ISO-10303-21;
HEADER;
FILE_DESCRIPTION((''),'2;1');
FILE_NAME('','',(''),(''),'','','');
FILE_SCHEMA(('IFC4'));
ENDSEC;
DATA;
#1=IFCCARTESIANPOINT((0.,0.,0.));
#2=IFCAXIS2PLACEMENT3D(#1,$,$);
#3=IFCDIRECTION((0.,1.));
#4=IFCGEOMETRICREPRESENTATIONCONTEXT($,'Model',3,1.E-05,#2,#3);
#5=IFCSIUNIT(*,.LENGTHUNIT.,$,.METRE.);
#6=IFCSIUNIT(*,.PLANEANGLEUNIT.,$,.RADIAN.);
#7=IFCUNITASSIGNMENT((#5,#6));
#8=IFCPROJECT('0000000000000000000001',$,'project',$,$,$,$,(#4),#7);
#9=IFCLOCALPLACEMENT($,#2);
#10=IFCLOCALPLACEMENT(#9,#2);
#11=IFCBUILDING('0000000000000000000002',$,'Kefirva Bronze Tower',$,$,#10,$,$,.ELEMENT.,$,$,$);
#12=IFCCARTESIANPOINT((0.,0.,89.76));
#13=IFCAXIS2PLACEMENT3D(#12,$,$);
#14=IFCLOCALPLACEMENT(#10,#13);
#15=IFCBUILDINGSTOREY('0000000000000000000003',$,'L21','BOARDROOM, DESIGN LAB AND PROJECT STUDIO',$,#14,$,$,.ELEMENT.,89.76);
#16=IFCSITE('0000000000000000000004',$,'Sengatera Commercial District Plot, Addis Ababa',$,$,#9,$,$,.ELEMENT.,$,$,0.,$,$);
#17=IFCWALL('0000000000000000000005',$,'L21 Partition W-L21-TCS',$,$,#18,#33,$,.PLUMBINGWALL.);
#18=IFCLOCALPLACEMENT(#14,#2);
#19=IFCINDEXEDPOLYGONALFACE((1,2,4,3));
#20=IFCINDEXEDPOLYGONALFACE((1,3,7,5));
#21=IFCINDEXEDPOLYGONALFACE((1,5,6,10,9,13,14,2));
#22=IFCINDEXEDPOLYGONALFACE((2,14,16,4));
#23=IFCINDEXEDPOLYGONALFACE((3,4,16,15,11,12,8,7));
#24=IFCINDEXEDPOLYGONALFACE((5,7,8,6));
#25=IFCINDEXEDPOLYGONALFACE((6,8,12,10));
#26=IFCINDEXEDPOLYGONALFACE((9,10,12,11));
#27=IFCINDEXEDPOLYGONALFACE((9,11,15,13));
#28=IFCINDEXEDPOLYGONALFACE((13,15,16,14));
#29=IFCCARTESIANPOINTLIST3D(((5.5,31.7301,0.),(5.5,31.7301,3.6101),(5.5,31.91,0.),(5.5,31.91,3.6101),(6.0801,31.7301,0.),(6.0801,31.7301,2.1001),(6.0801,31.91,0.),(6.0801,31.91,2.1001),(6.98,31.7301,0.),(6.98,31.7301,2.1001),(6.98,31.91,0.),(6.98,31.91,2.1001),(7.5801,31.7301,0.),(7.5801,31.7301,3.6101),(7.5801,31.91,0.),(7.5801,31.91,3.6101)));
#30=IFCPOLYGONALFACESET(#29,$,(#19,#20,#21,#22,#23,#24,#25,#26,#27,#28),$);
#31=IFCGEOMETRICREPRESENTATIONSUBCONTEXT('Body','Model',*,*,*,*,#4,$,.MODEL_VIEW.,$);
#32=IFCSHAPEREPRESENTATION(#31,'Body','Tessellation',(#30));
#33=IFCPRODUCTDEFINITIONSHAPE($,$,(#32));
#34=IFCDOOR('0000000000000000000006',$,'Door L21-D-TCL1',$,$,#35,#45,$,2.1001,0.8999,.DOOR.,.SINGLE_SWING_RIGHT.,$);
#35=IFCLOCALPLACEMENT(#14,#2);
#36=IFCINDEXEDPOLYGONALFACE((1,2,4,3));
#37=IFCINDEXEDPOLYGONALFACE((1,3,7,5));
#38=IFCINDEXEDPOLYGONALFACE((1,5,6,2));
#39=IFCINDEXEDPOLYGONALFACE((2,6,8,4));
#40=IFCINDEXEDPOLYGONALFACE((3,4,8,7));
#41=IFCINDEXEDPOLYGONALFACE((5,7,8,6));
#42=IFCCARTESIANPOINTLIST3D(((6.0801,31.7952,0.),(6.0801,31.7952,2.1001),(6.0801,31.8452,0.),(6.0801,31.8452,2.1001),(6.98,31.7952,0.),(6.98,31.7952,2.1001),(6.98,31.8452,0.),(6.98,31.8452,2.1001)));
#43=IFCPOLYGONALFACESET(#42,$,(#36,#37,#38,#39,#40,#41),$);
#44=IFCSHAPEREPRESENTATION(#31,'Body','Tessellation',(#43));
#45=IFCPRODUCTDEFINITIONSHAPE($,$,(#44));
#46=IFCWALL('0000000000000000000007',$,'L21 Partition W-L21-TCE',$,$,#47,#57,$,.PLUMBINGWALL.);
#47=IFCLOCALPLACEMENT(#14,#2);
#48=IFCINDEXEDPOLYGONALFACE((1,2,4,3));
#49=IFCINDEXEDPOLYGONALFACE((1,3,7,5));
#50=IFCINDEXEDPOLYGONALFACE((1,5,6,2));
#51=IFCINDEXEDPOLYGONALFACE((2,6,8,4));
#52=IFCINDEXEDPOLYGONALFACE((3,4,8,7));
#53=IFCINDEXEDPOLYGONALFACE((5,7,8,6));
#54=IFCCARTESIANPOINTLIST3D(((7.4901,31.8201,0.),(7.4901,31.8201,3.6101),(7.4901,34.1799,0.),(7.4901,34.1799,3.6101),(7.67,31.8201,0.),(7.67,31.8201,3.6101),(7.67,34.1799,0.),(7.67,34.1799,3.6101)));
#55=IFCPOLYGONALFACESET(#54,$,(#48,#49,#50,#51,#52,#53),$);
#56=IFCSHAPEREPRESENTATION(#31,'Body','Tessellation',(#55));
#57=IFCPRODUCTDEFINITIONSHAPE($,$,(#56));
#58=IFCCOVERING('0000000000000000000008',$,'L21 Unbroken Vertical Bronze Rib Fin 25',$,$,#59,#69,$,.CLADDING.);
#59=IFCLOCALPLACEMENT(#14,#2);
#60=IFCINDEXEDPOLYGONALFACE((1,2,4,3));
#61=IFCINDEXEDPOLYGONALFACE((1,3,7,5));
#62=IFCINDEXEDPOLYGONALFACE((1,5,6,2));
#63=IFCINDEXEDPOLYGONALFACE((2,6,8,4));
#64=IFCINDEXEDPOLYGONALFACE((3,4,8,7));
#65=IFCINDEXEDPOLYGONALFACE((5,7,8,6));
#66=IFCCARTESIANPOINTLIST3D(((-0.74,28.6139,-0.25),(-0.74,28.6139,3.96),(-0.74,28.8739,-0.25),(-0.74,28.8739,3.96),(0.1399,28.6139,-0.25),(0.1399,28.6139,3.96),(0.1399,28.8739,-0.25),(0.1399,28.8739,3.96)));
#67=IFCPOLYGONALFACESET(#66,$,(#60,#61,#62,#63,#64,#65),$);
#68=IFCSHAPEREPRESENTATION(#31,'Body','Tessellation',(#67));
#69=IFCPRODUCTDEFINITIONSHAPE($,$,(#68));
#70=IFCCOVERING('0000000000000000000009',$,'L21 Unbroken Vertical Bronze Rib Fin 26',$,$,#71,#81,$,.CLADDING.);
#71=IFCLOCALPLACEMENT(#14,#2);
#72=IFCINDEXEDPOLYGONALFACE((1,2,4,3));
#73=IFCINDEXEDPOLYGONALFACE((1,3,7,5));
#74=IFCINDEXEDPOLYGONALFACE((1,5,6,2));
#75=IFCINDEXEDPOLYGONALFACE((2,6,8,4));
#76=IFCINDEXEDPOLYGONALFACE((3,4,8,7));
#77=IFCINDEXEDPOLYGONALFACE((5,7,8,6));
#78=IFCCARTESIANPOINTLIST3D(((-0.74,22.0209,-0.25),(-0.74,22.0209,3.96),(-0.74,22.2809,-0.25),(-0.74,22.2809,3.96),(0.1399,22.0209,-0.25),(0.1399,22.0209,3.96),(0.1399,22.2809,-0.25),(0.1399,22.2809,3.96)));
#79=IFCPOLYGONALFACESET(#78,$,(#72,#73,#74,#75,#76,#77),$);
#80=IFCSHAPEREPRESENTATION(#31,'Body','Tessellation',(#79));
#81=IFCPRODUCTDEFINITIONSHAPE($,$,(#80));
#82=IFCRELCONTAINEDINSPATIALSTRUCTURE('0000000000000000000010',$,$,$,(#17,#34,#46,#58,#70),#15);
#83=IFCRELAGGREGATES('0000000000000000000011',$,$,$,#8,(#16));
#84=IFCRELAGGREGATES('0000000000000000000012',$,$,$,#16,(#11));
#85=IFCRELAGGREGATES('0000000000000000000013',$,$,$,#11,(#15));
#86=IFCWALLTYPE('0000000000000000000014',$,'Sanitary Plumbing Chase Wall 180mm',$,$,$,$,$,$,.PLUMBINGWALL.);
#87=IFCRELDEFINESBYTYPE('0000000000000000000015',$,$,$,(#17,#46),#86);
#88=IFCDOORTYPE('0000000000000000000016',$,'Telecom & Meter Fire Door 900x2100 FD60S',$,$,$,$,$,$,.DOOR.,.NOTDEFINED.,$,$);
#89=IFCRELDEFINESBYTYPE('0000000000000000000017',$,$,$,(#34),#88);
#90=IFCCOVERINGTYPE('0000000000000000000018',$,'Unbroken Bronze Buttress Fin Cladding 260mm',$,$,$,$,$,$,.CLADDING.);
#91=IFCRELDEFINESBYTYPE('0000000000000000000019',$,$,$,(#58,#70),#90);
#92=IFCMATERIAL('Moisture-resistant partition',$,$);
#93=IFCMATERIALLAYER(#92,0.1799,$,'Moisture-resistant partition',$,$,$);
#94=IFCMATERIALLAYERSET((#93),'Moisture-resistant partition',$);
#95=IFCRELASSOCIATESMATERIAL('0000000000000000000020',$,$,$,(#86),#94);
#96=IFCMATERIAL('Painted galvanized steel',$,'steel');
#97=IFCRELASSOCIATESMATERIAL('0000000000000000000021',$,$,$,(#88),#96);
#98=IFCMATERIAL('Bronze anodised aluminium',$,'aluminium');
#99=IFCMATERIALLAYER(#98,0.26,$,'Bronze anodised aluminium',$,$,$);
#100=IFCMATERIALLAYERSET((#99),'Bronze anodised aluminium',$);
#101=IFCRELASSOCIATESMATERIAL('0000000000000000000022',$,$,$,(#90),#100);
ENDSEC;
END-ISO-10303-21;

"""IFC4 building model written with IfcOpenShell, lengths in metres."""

from ifc_helpers import new_model, si_unit, direction, frame, frame_2d, origin, origin_2d, place, context, subcontext, project, spatial, rectangle, extrude, material, layer, layer_set, type_object, element, fill, save


model = new_model("IFC4")

# Units and contexts
model_context = context("Model", 3, precision=1e-05, world=origin(), true_north=direction((0.0, 1.0)))
body_context = subcontext(model_context, "Body", "Model", "MODEL_VIEW")
ifc_project = project(units=[si_unit("LENGTHUNIT", "METRE"), si_unit("PLANEANGLEUNIT", "RADIAN")], contexts=[model_context])

# Site, building, storey
site_placement = place(None, origin())
site = spatial("IfcSite", under=ifc_project, at=site_placement, Name="Sengatera Commercial District Plot, Addis Ababa", CompositionType="ELEMENT", RefElevation=0.0)
building_placement = place(site_placement, origin())
building = spatial("IfcBuilding", under=site, at=building_placement, Name="Kefirva Bronze Tower", CompositionType="ELEMENT")
storey_placement = place(building_placement, frame((0.0, 0.0, 89.76)))
storey = spatial("IfcBuildingStorey", under=building, at=storey_placement, Name="L21", Description="BOARDROOM, DESIGN LAB AND PROJECT STUDIO", CompositionType="ELEMENT", Elevation=89.76)

# Shared definitions
ifc_material_1 = material(Name="Bronze anodised aluminium", Category="aluminium")

# Wall, opening, door
ifc_material_2 = material(Name="Moisture-resistant partition")
ifc_layer_1 = layer(ifc_material_2, 0.1799, Name="Moisture-resistant partition")
ifc_layer_set_1 = layer_set([ifc_layer_1], Name="Moisture-resistant partition")
wall_type_1 = type_object("IfcWallType", Name="Sanitary Plumbing Chase Wall 180mm", PredefinedType="PLUMBINGWALL", material=ifc_layer_set_1)
wall_1_placement = place(storey_placement, frame((5.5, 31.8201, 0.0), z_axis=(0.0, 0.0, 1.0), x_axis=(1.0, 0.0, 0.0)))
wall_1 = element("IfcWall", 1, at=wall_1_placement, inside=storey, type_object=wall_type_1, Name="L21 Partition W-L21-TCS", PredefinedType="PLUMBINGWALL", context=body_context, shape_type="SweptSolid", body=[
    extrude(rectangle(XDim=2.0801, YDim=0.1799, at=frame_2d((1.04, 0.0))), origin(), (0.0, 0.0, 1.0), 3.6101),
])
opening_placement = place(wall_1_placement, frame((1.48, 0.0, 0.0), z_axis=(0.0, 0.0, 1.0), x_axis=(-1.0, 0.0, 0.0)))
opening = element("IfcOpeningElement", 2, at=opening_placement, cuts=wall_1, PredefinedType="OPENING", context=body_context, shape_type="SweptSolid", body=[
    extrude(rectangle(XDim=0.8999, YDim=2.1001, at=frame_2d((0.45, 1.05))), frame((0.0, 0.1001, 0.0), z_axis=(0.0, -1.0, 0.0), x_axis=(1.0, 0.0, 0.0)), (0.0, 0.0, 1.0), 0.2),
])
ifc_material_3 = material(Name="Painted galvanized steel", Category="steel")
door_type = type_object("IfcDoorType", Name="Telecom & Meter Fire Door 900x2100 FD60S", OperationType="NOTDEFINED", PredefinedType="DOOR", material=ifc_material_3)
door_placement = place(opening_placement, origin())
door = element("IfcDoor", 3, at=door_placement, inside=storey, type_object=door_type, Name="Door L21-D-TCL1", OperationType="SINGLE_SWING_RIGHT", OverallHeight=2.1001, OverallWidth=0.8999, PredefinedType="DOOR", context=body_context, shape_type="SweptSolid", body=[
    extrude(rectangle(XDim=0.8999, YDim=2.1001, at=frame_2d((0.45, 1.05))), frame((0.0, 0.0249, 0.0), z_axis=(0.0, -1.0, 0.0), x_axis=(1.0, 0.0, 0.0)), (0.0, 0.0, 1.0), 0.05),
])
fill(opening, door)

# Wall
wall_2_placement = place(storey_placement, frame((7.5801, 31.8201, 0.0), z_axis=(0.0, 0.0, 1.0), x_axis=(0.0, 1.0, 0.0)))
element("IfcWall", 4, at=wall_2_placement, inside=storey, type_object=wall_type_1, Name="L21 Partition W-L21-TCE", PredefinedType="PLUMBINGWALL", context=body_context, shape_type="SweptSolid", body=[
    extrude(rectangle(XDim=2.3599, YDim=0.1799, at=frame_2d((1.1799, 0.0))), origin(), (0.0, 0.0, 1.0), 3.6101),
])

# Coverings
ifc_layer_2 = layer(ifc_material_1, 0.26, Name="Bronze anodised aluminium")
ifc_layer_set_2 = layer_set([ifc_layer_2], Name="Bronze anodised aluminium")
covering_type = type_object("IfcCoveringType", Name="Unbroken Bronze Buttress Fin Cladding 260mm", PredefinedType="CLADDING", material=ifc_layer_set_2)
for number, where, z_axis, x_axis, name in (
    (5, (-0.3, 28.7439, -0.25), (0.0, 0.0, 1.0), (0.0, -1.0, 0.0), "L21 Unbroken Vertical Bronze Rib Fin 25"),
    (6, (-0.3, 22.1509, -0.25), (0.0, 0.0, 1.0), (0.0, -1.0, 0.0), "L21 Unbroken Vertical Bronze Rib Fin 26"),
):
    element("IfcCovering", number, at=place(storey_placement, frame(where, z_axis=z_axis, x_axis=x_axis)), inside=storey, type_object=covering_type, Name=name, PredefinedType="CLADDING", context=body_context, shape_type="SweptSolid", body=[
        extrude(rectangle(XDim=0.26, YDim=0.8799, at=origin_2d()), origin(), (0.0, 0.0, 1.0), 4.21),
    ])

save(model, "model.ifc")
